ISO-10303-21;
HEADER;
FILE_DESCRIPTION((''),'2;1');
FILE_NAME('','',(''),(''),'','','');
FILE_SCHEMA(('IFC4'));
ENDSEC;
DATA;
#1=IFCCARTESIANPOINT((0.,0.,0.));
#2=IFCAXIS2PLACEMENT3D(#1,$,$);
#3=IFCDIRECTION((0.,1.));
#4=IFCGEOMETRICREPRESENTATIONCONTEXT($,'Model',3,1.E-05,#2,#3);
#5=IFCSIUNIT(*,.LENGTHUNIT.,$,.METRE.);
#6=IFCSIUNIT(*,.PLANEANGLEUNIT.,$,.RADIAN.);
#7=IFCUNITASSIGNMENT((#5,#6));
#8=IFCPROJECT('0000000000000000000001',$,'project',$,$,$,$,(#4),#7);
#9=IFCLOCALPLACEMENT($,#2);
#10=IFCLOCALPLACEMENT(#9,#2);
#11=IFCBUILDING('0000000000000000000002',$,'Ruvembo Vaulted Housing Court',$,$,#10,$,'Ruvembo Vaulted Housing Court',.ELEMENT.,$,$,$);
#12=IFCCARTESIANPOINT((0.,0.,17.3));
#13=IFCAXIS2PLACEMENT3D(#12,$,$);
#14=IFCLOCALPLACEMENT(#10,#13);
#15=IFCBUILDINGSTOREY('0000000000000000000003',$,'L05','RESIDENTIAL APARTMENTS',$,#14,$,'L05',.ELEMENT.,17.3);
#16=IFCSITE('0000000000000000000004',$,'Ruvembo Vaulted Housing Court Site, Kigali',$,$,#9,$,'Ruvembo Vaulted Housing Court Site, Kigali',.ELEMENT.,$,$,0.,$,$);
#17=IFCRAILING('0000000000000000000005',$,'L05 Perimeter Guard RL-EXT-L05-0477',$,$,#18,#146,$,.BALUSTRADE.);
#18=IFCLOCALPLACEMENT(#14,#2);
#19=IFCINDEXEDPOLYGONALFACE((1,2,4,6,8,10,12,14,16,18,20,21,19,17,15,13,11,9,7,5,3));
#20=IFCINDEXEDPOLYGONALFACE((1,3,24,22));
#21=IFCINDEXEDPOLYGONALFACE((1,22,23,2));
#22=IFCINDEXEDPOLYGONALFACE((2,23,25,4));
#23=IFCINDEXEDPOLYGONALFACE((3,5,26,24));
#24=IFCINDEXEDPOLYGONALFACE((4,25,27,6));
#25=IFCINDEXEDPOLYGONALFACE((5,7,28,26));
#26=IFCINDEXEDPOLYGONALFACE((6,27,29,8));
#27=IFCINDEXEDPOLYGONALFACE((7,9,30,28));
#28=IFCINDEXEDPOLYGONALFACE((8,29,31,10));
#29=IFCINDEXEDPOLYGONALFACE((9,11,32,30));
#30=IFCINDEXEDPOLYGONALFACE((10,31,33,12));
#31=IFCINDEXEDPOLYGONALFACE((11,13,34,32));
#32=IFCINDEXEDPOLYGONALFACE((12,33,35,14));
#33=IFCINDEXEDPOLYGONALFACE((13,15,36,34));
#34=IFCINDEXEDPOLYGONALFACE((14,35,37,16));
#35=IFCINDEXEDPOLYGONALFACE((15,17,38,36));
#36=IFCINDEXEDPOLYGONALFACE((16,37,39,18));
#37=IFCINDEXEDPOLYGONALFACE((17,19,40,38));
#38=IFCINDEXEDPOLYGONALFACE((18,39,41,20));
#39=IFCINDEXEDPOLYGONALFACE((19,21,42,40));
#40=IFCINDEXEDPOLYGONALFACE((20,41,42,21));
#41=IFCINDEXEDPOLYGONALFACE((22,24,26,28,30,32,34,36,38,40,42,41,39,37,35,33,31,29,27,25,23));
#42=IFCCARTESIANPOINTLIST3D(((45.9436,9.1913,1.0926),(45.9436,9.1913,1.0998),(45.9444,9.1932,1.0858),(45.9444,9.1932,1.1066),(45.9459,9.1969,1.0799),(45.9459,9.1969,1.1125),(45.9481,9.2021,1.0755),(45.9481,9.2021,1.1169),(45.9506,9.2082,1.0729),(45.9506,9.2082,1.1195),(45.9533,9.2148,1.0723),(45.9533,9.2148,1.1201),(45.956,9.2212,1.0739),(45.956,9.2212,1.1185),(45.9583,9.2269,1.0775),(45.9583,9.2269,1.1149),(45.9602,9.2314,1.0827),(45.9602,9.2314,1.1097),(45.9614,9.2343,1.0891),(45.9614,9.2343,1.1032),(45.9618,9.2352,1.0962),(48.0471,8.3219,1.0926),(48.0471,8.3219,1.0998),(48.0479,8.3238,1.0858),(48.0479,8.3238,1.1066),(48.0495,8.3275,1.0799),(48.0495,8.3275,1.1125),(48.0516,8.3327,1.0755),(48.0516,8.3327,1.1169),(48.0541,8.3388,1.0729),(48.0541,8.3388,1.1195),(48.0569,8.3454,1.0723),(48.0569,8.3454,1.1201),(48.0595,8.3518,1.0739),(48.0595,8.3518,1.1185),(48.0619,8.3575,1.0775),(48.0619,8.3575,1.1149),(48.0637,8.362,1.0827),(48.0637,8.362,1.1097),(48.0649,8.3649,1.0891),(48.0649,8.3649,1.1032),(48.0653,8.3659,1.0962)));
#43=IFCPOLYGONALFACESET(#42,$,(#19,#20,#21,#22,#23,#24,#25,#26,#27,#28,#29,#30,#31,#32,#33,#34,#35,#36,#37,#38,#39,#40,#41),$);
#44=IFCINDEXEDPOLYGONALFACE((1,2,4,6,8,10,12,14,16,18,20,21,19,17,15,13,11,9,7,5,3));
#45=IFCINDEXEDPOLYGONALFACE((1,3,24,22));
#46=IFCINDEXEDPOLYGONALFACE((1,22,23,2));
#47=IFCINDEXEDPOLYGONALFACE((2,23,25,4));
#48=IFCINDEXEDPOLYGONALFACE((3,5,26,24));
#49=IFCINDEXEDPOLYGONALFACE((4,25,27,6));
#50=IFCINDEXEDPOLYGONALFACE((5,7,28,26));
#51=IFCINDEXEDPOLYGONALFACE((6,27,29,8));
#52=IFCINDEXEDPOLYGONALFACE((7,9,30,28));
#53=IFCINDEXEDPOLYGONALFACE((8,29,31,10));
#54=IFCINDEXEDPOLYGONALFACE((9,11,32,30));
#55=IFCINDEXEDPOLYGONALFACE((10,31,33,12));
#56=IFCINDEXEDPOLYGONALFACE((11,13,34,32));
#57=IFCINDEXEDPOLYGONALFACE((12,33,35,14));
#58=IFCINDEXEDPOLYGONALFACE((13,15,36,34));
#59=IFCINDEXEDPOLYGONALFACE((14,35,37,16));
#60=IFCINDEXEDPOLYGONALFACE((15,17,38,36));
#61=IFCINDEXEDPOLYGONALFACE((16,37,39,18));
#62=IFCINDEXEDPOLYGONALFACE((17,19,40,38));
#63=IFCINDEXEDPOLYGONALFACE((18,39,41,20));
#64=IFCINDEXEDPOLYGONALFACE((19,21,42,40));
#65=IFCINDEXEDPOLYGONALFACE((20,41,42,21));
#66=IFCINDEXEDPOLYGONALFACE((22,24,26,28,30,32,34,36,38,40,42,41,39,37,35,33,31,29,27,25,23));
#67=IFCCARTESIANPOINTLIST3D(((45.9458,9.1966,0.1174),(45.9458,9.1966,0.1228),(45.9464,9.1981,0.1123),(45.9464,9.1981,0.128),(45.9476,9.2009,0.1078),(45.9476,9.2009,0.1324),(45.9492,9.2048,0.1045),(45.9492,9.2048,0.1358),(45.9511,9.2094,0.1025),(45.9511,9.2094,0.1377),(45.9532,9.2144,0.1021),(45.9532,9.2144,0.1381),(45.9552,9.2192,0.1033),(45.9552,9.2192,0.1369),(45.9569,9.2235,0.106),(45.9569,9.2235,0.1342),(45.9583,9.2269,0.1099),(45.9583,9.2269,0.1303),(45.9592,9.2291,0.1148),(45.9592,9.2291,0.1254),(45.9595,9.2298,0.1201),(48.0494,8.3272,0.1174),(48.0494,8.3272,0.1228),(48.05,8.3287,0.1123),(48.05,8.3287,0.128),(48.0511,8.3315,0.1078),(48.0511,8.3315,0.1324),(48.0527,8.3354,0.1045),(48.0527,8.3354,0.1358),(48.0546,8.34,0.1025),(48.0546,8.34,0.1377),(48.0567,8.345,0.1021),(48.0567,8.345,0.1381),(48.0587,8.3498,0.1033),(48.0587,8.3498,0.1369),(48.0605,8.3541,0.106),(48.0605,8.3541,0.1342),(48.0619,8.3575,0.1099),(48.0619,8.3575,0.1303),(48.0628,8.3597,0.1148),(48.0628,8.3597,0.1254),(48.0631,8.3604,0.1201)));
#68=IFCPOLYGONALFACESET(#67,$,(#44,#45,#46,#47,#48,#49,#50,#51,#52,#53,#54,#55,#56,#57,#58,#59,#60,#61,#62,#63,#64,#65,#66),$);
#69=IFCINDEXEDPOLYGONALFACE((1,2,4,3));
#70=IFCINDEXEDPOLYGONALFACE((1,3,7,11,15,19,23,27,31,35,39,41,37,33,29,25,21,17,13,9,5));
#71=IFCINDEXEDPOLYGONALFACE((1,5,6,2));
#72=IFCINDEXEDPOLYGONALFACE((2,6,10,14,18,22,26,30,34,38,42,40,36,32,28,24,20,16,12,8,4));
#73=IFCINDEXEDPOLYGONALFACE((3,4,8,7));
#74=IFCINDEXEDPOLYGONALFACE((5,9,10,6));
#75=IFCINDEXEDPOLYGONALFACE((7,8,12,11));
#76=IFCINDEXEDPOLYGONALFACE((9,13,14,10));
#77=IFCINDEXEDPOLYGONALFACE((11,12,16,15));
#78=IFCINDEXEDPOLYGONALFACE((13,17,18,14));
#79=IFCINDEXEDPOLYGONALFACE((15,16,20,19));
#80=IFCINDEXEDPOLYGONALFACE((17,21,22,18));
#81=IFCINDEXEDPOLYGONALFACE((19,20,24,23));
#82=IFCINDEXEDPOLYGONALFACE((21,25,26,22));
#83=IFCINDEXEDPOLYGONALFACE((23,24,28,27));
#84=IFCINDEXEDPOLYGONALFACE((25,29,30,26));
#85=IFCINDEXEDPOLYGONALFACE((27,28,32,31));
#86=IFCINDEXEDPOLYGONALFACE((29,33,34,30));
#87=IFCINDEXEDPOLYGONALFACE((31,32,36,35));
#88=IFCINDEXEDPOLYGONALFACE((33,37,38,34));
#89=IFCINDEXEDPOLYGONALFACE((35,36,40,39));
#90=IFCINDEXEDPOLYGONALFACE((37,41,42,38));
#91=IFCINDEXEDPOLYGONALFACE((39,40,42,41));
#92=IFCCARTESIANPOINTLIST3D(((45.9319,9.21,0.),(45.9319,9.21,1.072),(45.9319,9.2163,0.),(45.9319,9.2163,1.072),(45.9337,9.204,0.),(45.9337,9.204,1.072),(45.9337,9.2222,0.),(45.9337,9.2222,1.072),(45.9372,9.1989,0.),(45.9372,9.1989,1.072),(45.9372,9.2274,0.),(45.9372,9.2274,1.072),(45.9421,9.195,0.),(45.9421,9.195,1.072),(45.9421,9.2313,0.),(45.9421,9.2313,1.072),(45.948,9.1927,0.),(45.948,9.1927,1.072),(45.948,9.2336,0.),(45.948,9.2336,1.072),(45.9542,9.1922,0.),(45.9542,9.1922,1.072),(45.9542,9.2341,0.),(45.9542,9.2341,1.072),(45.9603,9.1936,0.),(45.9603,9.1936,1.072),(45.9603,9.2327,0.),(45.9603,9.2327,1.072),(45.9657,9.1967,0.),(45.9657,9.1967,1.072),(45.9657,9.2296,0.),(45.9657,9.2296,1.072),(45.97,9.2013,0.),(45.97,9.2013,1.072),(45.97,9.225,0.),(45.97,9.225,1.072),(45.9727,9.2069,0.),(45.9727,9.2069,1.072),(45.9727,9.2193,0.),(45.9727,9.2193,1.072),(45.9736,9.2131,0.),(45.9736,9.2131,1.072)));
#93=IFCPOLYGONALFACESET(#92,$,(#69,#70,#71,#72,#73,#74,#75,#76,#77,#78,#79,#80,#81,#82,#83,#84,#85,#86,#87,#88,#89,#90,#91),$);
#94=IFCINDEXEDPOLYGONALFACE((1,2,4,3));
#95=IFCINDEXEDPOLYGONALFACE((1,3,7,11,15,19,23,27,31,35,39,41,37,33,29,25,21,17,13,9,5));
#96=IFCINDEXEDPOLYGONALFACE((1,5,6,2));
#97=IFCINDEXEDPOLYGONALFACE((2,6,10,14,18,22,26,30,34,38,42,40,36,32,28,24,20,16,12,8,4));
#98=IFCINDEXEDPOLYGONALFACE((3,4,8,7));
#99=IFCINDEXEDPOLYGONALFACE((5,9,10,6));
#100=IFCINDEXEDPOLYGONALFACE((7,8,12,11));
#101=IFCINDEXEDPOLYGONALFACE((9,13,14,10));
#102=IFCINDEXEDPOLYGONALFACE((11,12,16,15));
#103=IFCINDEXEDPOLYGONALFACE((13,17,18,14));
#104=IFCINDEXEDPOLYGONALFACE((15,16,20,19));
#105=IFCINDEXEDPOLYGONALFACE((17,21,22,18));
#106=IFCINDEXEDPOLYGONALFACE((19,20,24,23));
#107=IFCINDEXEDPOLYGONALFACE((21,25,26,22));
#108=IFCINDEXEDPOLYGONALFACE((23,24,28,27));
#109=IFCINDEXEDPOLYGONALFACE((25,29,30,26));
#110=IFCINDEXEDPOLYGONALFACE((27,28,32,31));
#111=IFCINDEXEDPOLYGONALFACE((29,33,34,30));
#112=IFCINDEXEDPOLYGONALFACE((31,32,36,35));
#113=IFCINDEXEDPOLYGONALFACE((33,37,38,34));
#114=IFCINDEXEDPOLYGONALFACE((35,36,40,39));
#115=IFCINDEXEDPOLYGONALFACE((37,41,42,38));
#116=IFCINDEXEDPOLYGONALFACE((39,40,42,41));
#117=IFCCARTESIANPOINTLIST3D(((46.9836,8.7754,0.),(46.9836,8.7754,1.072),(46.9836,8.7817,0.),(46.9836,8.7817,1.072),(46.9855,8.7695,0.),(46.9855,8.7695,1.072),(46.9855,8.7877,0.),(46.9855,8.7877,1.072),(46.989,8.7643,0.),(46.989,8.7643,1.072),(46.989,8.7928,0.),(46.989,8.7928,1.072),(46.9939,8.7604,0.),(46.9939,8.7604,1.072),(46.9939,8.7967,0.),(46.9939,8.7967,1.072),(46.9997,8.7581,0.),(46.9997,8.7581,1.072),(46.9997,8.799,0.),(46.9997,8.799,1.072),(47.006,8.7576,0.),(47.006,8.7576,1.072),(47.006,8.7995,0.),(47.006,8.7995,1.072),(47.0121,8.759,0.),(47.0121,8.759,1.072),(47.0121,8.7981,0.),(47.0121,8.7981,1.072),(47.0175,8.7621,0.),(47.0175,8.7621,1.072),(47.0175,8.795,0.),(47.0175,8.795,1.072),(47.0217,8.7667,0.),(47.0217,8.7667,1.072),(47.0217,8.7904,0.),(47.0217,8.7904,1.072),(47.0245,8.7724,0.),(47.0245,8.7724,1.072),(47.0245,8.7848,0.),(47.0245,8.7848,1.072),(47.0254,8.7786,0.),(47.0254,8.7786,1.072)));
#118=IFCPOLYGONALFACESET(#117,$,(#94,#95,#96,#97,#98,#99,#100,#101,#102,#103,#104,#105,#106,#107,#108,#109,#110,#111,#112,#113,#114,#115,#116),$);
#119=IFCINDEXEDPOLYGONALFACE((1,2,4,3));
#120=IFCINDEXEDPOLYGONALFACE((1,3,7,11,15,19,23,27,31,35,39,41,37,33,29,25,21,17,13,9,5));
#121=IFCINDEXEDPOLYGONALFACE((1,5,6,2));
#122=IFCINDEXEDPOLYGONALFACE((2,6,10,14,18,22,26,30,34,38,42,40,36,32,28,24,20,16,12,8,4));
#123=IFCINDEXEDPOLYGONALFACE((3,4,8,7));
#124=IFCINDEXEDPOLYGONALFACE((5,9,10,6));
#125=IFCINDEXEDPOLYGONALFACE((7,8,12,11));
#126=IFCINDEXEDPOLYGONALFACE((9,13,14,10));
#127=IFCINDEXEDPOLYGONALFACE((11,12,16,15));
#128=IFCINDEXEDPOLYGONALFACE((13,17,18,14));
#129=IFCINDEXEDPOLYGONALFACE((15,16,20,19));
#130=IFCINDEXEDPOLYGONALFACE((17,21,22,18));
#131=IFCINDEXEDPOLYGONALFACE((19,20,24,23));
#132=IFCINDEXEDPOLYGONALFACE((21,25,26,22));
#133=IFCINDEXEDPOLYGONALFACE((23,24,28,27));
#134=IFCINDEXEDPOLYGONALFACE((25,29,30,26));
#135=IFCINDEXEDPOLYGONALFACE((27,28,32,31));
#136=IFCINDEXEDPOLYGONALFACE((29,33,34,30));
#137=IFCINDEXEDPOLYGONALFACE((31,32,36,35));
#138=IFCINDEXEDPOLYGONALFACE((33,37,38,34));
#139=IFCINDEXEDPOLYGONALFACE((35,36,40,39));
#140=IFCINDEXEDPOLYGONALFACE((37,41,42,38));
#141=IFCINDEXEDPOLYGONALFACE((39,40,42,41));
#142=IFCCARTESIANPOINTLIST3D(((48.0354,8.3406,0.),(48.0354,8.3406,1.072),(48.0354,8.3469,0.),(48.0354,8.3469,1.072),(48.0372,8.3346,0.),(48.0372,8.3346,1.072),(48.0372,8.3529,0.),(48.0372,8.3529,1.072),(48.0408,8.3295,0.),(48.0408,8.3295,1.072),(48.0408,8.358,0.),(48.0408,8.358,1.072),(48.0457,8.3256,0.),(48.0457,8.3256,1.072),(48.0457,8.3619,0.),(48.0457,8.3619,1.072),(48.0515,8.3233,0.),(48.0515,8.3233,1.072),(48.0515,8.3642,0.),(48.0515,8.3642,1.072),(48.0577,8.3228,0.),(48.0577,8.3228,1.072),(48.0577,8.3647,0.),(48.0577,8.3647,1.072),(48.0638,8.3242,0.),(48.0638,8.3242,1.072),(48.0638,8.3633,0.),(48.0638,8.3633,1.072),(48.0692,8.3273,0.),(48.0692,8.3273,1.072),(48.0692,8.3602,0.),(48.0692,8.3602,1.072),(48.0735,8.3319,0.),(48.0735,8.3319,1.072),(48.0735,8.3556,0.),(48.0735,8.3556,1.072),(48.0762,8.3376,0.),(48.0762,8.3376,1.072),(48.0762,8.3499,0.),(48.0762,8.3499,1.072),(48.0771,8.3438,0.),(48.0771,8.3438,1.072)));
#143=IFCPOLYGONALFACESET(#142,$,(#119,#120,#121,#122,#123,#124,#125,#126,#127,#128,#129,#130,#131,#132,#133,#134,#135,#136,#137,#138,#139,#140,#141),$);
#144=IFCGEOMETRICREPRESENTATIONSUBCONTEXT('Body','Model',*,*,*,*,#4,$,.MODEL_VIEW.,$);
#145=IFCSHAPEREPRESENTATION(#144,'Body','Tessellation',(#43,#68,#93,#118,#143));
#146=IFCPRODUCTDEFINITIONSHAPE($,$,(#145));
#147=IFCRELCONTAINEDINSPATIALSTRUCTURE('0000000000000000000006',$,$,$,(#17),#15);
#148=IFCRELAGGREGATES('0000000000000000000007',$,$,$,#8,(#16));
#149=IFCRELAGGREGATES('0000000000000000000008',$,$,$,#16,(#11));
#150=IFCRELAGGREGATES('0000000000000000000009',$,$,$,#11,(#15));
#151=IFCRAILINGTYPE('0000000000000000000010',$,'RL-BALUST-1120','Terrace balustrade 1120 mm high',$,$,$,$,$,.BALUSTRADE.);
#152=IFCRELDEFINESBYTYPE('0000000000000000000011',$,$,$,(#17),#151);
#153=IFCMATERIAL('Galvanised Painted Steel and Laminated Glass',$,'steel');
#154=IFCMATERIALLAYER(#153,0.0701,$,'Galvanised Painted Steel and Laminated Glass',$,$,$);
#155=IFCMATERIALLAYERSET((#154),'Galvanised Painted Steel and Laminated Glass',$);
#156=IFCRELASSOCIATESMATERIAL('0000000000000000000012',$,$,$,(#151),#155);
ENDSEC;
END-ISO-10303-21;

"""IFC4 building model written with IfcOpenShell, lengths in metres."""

from ifc_helpers import new_model, si_unit, direction, frame, origin, origin_2d, place, context, subcontext, project, spatial, circle, extrude, material, layer, layer_set, type_object, element, save


model = new_model("IFC4")

# Units and contexts
model_context = context("Model", 3, precision=1e-05, world=origin(), true_north=direction((0.0, 1.0)))
body_context = subcontext(model_context, "Body", "Model", "MODEL_VIEW")
ifc_project = project(units=[si_unit("LENGTHUNIT", "METRE"), si_unit("PLANEANGLEUNIT", "RADIAN")], contexts=[model_context])

# Site, building, storey
site_placement = place(None, origin())
site = spatial("IfcSite", under=ifc_project, at=site_placement, Name="Ruvembo Vaulted Housing Court Site, Kigali", LongName="Ruvembo Vaulted Housing Court Site, Kigali", CompositionType="ELEMENT", RefElevation=0.0)
building_placement = place(site_placement, origin())
building = spatial("IfcBuilding", under=site, at=building_placement, Name="Ruvembo Vaulted Housing Court", LongName="Ruvembo Vaulted Housing Court", CompositionType="ELEMENT")
storey_placement = place(building_placement, frame((0.0, 0.0, 17.3)))
storey = spatial("IfcBuildingStorey", under=building, at=storey_placement, Name="L05", Description="RESIDENTIAL APARTMENTS", LongName="L05", CompositionType="ELEMENT", Elevation=17.3)

# Railing
ifc_material_1 = material(Name="Galvanised Painted Steel and Laminated Glass", Category="steel")
ifc_layer_1 = layer(ifc_material_1, 0.0701, Name="Galvanised Painted Steel and Laminated Glass")
ifc_layer_set_1 = layer_set([ifc_layer_1], Name="Galvanised Painted Steel and Laminated Glass")
railing_type = type_object("IfcRailingType", Name="RL-BALUST-1120", Description="Terrace balustrade 1120 mm high", PredefinedType="BALUSTRADE", material=ifc_layer_set_1)
railing_1_placement = place(storey_placement, frame((45.9526, 9.2131, 0.0)))
element("IfcRailing", 1, at=railing_1_placement, inside=storey, type_object=railing_type, Name="L05 Perimeter Guard RL-EXT-L05-0477", PredefinedType="BALUSTRADE", context=body_context, shape_type="SweptSolid", body=[
    extrude(circle(Radius=0.0239, at=origin_2d()), frame((0.0, 0.0, 1.0962), z_axis=(0.924177, -0.381963, 0.0), x_axis=(0.381963, 0.924177, 0.0)), (0.0, 0.0, 1.0), 2.2761),
    extrude(circle(Radius=0.0181, at=origin_2d()), frame((0.0, 0.0, 0.1201), z_axis=(0.924177, -0.381963, 0.0), x_axis=(0.381963, 0.924177, 0.0)), (0.0, 0.0, 1.0), 2.2761),
    extrude(circle(Radius=0.021, at=origin_2d()), origin(), (0.0, 0.0, 1.0), 1.072),
    extrude(circle(Radius=0.021, at=origin_2d()), frame((1.0518, -0.4346, 0.0)), (0.0, 0.0, 1.0), 1.072),
    extrude(circle(Radius=0.021, at=origin_2d()), frame((2.1035, -0.8694, 0.0)), (0.0, 0.0, 1.0), 1.072),
])

save(model, "model.ifc")
